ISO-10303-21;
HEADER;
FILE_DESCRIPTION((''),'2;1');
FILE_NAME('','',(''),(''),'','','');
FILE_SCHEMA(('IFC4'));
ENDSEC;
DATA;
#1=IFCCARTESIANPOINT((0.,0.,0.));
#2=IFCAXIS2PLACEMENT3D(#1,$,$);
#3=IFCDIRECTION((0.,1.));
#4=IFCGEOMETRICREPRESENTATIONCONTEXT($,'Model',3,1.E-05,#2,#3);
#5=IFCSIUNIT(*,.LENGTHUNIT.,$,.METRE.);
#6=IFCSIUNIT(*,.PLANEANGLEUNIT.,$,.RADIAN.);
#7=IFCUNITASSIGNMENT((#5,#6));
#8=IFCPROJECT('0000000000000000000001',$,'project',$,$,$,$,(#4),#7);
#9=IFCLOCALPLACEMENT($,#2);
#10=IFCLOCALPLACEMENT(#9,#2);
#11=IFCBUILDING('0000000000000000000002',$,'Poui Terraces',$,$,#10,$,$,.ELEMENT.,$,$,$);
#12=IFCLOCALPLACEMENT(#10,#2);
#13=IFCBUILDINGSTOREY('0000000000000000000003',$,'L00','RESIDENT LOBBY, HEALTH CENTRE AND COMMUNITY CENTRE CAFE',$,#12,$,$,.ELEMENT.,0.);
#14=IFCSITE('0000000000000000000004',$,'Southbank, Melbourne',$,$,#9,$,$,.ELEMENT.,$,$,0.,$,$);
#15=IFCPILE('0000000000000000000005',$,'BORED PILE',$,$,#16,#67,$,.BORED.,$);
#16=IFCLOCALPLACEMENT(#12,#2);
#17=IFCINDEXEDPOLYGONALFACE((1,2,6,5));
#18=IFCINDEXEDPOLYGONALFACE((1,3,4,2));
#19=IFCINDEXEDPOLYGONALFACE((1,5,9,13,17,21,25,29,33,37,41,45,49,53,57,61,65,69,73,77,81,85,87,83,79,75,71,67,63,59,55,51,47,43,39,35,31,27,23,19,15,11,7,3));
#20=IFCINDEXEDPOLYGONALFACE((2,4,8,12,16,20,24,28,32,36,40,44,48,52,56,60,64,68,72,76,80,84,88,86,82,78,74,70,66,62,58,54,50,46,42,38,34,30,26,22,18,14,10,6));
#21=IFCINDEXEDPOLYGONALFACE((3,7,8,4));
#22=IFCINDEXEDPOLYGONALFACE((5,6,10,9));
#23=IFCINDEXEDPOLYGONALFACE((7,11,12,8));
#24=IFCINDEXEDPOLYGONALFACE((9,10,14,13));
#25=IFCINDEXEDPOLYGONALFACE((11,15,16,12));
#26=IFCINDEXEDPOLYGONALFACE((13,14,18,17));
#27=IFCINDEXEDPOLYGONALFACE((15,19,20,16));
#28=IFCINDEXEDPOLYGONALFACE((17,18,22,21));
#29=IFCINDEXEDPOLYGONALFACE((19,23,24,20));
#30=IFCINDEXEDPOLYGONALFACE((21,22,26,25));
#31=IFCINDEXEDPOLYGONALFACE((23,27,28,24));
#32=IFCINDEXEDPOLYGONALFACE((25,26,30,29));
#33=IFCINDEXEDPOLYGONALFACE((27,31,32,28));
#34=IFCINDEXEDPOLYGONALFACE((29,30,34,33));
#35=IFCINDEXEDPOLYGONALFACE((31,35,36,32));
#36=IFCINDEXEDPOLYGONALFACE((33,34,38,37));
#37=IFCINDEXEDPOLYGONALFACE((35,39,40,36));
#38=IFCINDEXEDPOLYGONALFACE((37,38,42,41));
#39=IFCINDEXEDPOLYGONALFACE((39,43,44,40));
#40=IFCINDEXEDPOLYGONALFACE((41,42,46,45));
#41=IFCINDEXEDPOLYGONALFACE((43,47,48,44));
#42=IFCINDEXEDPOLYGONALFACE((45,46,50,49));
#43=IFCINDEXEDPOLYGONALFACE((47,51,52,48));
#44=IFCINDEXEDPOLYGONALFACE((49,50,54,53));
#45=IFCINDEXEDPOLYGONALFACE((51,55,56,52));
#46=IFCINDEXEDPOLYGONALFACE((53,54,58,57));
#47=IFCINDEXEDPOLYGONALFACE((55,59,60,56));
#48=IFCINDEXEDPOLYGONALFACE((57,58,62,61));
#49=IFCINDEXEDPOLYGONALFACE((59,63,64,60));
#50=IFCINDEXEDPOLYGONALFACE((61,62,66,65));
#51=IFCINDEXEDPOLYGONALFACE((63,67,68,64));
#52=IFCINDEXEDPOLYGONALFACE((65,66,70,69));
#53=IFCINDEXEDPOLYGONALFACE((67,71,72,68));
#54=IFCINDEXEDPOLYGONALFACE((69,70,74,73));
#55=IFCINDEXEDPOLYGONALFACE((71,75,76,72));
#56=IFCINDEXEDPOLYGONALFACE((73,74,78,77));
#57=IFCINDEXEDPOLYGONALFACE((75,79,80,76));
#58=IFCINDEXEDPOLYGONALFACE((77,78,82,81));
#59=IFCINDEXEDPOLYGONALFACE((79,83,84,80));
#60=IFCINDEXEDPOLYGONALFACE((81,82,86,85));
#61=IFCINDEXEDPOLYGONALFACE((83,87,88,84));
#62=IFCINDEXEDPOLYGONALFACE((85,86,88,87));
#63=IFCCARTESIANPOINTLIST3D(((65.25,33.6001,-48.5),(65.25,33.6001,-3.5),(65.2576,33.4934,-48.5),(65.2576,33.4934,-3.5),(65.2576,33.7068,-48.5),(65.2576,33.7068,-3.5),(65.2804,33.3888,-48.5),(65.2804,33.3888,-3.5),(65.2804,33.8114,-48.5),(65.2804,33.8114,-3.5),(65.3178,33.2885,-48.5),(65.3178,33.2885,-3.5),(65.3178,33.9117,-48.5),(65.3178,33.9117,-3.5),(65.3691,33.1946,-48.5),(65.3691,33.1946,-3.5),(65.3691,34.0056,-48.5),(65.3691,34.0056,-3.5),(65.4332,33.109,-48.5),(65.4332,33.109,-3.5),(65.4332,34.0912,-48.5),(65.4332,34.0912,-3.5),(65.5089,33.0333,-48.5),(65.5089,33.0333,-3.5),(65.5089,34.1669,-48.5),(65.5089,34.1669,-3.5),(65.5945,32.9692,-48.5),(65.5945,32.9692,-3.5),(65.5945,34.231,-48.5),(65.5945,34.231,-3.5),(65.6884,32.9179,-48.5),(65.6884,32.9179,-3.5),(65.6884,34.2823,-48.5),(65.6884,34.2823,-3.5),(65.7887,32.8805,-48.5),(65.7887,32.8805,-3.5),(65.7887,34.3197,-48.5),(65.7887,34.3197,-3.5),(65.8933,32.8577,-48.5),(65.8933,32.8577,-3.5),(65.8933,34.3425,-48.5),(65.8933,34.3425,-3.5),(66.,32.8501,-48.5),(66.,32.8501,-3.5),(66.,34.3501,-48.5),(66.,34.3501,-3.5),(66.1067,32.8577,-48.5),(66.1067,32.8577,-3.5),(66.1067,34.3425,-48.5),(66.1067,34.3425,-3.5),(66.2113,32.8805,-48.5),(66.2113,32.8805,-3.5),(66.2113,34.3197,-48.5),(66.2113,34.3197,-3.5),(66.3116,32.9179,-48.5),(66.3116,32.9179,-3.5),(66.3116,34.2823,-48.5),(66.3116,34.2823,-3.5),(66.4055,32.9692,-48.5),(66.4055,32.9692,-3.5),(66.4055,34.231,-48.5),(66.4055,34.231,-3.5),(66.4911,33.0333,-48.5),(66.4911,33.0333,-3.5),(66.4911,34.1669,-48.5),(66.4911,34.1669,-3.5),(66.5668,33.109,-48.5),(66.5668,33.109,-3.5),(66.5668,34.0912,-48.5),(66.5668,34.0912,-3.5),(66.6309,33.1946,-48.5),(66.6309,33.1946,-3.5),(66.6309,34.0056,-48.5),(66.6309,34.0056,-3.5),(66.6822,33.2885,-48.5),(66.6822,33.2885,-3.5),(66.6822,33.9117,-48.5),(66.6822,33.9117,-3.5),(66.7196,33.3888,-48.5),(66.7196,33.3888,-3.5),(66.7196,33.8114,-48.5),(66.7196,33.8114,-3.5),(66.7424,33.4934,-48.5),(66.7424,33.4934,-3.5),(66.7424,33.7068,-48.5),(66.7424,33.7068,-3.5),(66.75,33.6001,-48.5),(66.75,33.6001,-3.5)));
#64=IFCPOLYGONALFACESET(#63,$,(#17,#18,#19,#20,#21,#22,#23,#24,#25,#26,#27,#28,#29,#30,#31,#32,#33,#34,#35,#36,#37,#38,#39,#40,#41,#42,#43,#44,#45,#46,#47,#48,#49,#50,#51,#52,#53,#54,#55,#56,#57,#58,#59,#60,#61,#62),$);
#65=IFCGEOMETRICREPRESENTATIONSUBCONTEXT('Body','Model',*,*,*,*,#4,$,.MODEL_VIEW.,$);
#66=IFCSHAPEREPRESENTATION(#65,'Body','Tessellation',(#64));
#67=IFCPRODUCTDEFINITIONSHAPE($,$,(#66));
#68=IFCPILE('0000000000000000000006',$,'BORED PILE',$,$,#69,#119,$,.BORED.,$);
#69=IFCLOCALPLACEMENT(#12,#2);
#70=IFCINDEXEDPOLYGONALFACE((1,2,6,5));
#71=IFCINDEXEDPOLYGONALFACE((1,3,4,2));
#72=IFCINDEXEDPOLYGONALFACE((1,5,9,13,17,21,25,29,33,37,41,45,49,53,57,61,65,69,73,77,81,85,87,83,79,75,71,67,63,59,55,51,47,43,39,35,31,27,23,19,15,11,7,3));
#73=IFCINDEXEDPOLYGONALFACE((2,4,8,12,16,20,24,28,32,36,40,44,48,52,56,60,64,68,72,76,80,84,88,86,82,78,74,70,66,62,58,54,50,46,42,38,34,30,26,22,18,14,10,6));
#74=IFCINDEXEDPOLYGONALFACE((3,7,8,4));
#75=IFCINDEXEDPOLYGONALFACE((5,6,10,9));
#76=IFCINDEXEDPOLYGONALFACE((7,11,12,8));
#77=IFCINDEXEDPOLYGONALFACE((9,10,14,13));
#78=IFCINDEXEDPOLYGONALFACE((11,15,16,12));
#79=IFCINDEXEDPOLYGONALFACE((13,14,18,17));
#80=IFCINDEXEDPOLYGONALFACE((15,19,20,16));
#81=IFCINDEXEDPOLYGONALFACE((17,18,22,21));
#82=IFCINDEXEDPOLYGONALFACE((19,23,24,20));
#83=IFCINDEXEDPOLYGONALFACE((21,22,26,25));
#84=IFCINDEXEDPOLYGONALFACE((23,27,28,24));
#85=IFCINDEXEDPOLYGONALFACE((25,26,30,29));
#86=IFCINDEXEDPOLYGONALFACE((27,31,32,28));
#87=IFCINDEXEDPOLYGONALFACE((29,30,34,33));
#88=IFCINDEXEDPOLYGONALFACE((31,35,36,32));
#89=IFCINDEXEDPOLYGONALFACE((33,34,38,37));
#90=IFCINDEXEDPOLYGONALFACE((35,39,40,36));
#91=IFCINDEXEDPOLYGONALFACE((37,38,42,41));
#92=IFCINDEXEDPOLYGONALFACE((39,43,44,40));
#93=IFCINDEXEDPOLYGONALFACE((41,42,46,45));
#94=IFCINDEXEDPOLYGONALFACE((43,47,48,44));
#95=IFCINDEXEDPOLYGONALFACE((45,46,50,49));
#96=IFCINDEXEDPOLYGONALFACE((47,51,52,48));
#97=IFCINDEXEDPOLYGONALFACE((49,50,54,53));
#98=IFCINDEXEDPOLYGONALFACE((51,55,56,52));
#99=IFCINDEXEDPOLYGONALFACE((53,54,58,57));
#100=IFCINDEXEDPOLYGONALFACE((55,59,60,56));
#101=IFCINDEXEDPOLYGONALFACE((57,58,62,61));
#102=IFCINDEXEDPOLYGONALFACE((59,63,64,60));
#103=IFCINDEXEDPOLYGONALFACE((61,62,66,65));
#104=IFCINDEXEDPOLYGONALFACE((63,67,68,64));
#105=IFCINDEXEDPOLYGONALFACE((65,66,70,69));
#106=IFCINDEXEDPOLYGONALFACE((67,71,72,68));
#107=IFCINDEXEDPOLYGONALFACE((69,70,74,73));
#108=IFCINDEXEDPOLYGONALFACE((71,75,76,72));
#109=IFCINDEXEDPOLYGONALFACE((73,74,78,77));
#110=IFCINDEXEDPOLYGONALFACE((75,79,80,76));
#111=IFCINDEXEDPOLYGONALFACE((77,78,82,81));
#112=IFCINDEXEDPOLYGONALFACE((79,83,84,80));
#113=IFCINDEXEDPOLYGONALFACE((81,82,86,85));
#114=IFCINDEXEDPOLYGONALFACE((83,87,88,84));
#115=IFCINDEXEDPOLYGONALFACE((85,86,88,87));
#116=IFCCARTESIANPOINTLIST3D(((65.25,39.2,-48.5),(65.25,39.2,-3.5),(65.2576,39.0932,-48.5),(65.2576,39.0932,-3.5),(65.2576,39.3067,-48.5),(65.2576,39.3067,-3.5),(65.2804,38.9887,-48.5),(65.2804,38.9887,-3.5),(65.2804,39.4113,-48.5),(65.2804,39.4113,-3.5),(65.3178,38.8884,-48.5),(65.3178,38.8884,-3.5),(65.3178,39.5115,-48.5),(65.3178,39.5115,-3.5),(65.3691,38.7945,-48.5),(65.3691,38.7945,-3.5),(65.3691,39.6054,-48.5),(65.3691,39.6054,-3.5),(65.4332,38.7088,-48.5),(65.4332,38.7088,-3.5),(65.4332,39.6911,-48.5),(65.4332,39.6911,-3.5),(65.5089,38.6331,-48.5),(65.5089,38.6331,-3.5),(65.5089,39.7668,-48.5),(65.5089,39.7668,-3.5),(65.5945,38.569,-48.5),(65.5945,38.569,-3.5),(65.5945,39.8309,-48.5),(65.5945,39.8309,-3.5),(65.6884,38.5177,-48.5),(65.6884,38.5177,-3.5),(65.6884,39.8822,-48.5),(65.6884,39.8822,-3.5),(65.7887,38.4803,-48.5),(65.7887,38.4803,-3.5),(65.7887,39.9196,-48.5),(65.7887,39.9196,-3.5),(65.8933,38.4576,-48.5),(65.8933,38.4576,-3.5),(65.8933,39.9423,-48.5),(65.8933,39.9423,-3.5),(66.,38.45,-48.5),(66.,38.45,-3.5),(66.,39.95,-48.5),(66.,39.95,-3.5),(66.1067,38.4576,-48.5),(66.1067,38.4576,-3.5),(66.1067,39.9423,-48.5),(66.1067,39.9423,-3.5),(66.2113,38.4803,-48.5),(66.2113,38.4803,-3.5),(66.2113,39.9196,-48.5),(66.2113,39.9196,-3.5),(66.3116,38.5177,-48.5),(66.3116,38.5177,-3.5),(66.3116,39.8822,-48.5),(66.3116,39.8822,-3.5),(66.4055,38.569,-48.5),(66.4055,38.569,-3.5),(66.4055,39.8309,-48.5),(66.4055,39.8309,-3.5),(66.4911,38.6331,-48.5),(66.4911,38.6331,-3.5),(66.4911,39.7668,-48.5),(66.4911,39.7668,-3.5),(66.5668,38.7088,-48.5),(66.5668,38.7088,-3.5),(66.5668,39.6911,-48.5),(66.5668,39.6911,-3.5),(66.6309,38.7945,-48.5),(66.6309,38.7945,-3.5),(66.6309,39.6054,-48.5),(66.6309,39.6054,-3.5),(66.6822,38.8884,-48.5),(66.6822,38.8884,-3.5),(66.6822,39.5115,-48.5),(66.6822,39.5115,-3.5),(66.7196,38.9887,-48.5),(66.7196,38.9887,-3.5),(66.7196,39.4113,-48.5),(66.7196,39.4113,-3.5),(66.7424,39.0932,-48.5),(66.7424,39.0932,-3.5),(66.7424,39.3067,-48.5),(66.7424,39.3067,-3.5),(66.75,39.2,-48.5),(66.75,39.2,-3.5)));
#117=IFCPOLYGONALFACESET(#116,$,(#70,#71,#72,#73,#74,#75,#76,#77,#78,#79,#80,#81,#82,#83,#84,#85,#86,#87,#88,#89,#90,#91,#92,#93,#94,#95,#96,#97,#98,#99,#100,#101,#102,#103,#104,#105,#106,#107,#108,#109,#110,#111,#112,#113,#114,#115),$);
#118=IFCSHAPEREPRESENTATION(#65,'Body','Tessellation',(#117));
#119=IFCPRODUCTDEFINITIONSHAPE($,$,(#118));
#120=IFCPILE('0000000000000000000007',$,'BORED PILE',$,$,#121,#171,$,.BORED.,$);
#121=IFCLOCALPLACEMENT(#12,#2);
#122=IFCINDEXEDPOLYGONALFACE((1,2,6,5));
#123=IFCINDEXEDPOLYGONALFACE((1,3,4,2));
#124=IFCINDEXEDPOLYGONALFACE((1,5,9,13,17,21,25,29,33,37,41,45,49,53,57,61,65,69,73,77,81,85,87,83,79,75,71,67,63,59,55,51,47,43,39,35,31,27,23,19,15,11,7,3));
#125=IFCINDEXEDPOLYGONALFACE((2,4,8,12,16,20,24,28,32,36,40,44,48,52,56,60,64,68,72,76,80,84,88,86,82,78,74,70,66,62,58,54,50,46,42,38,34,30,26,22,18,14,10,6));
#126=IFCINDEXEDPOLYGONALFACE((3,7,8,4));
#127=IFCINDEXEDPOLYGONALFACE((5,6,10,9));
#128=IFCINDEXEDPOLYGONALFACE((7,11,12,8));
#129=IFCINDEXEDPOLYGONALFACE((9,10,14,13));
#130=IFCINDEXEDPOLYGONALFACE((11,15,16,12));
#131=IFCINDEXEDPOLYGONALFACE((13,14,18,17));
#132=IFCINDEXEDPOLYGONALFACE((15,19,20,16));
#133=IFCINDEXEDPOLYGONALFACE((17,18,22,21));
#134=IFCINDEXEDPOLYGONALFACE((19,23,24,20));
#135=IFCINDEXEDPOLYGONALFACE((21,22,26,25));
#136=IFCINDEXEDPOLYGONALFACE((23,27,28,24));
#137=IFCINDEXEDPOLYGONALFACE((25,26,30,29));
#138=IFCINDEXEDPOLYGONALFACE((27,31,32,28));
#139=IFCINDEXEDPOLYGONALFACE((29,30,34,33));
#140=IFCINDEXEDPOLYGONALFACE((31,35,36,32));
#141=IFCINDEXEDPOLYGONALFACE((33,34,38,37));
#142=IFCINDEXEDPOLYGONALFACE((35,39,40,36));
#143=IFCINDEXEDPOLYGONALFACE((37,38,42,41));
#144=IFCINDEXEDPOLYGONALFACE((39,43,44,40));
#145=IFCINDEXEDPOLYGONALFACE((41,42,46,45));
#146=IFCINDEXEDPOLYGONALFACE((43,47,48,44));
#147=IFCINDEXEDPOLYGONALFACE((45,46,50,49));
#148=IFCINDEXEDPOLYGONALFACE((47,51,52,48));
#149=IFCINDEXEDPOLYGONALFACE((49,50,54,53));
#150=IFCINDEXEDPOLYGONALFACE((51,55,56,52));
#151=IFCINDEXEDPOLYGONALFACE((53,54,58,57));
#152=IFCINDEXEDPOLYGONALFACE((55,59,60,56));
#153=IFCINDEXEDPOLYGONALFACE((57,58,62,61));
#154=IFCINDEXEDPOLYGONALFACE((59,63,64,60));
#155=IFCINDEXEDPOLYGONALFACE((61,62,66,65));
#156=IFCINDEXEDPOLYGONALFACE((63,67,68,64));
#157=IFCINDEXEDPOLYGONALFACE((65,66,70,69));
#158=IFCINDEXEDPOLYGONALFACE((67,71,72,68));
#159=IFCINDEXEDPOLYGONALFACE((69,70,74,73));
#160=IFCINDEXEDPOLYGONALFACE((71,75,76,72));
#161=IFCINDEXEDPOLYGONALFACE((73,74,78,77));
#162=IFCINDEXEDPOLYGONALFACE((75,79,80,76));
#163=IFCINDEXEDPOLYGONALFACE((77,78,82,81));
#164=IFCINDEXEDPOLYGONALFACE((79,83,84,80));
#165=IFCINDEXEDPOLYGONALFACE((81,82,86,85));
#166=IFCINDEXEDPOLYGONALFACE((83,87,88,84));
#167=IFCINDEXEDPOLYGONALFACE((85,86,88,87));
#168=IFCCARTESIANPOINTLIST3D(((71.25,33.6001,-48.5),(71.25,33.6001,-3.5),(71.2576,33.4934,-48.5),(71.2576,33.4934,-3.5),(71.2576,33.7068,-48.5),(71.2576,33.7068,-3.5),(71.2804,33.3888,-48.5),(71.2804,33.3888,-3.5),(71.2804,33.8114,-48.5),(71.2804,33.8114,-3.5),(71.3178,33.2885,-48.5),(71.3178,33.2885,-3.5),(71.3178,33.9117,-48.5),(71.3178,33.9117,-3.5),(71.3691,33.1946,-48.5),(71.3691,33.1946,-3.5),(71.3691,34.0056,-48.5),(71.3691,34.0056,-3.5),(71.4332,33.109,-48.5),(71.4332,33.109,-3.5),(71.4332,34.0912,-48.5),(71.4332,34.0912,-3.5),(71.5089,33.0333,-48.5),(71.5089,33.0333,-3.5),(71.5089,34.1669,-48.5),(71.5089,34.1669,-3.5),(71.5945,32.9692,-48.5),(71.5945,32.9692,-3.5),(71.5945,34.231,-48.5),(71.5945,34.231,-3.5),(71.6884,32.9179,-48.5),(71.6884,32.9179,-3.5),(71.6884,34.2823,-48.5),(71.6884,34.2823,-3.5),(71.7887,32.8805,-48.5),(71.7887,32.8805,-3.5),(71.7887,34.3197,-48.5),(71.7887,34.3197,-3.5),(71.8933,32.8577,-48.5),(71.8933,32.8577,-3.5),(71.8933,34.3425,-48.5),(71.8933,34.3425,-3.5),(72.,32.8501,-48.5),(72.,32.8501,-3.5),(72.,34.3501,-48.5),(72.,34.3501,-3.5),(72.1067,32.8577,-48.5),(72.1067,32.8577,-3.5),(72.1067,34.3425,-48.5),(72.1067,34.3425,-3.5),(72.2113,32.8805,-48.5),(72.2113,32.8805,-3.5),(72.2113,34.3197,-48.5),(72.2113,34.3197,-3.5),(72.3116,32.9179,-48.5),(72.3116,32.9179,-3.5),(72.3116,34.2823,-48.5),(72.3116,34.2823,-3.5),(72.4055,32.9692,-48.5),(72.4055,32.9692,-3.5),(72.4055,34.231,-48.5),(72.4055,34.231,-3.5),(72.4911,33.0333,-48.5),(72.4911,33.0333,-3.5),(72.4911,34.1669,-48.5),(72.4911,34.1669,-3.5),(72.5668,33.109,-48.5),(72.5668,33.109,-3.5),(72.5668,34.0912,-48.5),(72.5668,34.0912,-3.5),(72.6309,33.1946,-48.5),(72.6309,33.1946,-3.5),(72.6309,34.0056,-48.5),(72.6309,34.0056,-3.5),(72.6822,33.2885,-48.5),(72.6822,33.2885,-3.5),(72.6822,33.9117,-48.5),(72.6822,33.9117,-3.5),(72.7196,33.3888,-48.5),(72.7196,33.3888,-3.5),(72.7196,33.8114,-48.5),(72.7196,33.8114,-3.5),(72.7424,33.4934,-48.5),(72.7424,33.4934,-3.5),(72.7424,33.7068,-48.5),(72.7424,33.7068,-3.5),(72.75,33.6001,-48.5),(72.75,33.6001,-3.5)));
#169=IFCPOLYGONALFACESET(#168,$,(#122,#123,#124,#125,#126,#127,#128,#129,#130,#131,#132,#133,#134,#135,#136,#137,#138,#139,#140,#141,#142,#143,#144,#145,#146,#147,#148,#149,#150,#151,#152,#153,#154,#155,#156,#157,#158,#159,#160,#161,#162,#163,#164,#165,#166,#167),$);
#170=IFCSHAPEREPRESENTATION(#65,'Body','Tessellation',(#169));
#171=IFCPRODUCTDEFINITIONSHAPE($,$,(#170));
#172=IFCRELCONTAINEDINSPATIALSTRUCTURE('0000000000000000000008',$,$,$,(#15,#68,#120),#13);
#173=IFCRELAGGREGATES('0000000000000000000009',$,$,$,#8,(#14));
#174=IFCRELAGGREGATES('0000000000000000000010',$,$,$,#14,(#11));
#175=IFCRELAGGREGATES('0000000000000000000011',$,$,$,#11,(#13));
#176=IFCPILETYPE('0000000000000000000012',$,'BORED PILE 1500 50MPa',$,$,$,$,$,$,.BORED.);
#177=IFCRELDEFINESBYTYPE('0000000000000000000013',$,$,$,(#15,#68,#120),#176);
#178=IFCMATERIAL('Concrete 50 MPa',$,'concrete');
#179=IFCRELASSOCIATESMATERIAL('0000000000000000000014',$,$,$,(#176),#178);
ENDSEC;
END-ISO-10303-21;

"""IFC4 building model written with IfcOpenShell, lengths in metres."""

from ifc_helpers import new_model, si_unit, direction, frame, origin, origin_2d, place, context, subcontext, project, spatial, circle, extrude, material, material_profile, profile_set, type_object, element, save


model = new_model("IFC4")

# Units and contexts
model_context = context("Model", 3, precision=1e-05, world=origin(), true_north=direction((0.0, 1.0)))
body_context = subcontext(model_context, "Body", "Model", "MODEL_VIEW")
ifc_project = project(units=[si_unit("LENGTHUNIT", "METRE"), si_unit("PLANEANGLEUNIT", "RADIAN")], contexts=[model_context])

# Site, building, storey
site_placement = place(None, origin())
site = spatial("IfcSite", under=ifc_project, at=site_placement, Name="Southbank, Melbourne", CompositionType="ELEMENT", RefElevation=0.0)
building_placement = place(site_placement, origin())
building = spatial("IfcBuilding", under=site, at=building_placement, Name="Poui Terraces", CompositionType="ELEMENT")
storey_placement = place(building_placement, origin())
storey = spatial("IfcBuildingStorey", under=building, at=storey_placement, Name="L00", Description="RESIDENT LOBBY, HEALTH CENTRE AND COMMUNITY CENTRE CAFE", CompositionType="ELEMENT", Elevation=0.0)

# Piles
ifc_material_1 = material(Name="Concrete 50 MPa", Category="concrete")
ifc_material_profile_1 = material_profile(ifc_material_1, circle(Radius=0.75, at=origin_2d()), Name="RC D1500")
ifc_profile_set_1 = profile_set([ifc_material_profile_1], Name="Concrete 50 MPa")
pile_type = type_object("IfcPileType", Name="BORED PILE 1500 50MPa", PredefinedType="BORED", material=ifc_profile_set_1)
for number, where, z_axis, x_axis, name in (
    (1, (66.0, 33.6001, -3.5), (0.0, 0.0, -1.0), (1.0, 0.0, 0.0), "BORED PILE"),
    (2, (66.0, 39.2, -3.5), (0.0, 0.0, -1.0), (1.0, 0.0, 0.0), "BORED PILE"),
    (3, (72.0, 33.6001, -3.5), (0.0, 0.0, -1.0), (1.0, 0.0, 0.0), "BORED PILE"),
):
    element("IfcPile", number, at=place(storey_placement, frame(where, z_axis=z_axis, x_axis=x_axis)), inside=storey, type_object=pile_type, Name=name, PredefinedType="BORED", context=body_context, shape_type="SweptSolid", body=[
        extrude(circle(Radius=0.75, at=origin_2d()), origin(), (0.0, 0.0, 1.0), 45.0),
    ])

save(model, "model.ifc")
